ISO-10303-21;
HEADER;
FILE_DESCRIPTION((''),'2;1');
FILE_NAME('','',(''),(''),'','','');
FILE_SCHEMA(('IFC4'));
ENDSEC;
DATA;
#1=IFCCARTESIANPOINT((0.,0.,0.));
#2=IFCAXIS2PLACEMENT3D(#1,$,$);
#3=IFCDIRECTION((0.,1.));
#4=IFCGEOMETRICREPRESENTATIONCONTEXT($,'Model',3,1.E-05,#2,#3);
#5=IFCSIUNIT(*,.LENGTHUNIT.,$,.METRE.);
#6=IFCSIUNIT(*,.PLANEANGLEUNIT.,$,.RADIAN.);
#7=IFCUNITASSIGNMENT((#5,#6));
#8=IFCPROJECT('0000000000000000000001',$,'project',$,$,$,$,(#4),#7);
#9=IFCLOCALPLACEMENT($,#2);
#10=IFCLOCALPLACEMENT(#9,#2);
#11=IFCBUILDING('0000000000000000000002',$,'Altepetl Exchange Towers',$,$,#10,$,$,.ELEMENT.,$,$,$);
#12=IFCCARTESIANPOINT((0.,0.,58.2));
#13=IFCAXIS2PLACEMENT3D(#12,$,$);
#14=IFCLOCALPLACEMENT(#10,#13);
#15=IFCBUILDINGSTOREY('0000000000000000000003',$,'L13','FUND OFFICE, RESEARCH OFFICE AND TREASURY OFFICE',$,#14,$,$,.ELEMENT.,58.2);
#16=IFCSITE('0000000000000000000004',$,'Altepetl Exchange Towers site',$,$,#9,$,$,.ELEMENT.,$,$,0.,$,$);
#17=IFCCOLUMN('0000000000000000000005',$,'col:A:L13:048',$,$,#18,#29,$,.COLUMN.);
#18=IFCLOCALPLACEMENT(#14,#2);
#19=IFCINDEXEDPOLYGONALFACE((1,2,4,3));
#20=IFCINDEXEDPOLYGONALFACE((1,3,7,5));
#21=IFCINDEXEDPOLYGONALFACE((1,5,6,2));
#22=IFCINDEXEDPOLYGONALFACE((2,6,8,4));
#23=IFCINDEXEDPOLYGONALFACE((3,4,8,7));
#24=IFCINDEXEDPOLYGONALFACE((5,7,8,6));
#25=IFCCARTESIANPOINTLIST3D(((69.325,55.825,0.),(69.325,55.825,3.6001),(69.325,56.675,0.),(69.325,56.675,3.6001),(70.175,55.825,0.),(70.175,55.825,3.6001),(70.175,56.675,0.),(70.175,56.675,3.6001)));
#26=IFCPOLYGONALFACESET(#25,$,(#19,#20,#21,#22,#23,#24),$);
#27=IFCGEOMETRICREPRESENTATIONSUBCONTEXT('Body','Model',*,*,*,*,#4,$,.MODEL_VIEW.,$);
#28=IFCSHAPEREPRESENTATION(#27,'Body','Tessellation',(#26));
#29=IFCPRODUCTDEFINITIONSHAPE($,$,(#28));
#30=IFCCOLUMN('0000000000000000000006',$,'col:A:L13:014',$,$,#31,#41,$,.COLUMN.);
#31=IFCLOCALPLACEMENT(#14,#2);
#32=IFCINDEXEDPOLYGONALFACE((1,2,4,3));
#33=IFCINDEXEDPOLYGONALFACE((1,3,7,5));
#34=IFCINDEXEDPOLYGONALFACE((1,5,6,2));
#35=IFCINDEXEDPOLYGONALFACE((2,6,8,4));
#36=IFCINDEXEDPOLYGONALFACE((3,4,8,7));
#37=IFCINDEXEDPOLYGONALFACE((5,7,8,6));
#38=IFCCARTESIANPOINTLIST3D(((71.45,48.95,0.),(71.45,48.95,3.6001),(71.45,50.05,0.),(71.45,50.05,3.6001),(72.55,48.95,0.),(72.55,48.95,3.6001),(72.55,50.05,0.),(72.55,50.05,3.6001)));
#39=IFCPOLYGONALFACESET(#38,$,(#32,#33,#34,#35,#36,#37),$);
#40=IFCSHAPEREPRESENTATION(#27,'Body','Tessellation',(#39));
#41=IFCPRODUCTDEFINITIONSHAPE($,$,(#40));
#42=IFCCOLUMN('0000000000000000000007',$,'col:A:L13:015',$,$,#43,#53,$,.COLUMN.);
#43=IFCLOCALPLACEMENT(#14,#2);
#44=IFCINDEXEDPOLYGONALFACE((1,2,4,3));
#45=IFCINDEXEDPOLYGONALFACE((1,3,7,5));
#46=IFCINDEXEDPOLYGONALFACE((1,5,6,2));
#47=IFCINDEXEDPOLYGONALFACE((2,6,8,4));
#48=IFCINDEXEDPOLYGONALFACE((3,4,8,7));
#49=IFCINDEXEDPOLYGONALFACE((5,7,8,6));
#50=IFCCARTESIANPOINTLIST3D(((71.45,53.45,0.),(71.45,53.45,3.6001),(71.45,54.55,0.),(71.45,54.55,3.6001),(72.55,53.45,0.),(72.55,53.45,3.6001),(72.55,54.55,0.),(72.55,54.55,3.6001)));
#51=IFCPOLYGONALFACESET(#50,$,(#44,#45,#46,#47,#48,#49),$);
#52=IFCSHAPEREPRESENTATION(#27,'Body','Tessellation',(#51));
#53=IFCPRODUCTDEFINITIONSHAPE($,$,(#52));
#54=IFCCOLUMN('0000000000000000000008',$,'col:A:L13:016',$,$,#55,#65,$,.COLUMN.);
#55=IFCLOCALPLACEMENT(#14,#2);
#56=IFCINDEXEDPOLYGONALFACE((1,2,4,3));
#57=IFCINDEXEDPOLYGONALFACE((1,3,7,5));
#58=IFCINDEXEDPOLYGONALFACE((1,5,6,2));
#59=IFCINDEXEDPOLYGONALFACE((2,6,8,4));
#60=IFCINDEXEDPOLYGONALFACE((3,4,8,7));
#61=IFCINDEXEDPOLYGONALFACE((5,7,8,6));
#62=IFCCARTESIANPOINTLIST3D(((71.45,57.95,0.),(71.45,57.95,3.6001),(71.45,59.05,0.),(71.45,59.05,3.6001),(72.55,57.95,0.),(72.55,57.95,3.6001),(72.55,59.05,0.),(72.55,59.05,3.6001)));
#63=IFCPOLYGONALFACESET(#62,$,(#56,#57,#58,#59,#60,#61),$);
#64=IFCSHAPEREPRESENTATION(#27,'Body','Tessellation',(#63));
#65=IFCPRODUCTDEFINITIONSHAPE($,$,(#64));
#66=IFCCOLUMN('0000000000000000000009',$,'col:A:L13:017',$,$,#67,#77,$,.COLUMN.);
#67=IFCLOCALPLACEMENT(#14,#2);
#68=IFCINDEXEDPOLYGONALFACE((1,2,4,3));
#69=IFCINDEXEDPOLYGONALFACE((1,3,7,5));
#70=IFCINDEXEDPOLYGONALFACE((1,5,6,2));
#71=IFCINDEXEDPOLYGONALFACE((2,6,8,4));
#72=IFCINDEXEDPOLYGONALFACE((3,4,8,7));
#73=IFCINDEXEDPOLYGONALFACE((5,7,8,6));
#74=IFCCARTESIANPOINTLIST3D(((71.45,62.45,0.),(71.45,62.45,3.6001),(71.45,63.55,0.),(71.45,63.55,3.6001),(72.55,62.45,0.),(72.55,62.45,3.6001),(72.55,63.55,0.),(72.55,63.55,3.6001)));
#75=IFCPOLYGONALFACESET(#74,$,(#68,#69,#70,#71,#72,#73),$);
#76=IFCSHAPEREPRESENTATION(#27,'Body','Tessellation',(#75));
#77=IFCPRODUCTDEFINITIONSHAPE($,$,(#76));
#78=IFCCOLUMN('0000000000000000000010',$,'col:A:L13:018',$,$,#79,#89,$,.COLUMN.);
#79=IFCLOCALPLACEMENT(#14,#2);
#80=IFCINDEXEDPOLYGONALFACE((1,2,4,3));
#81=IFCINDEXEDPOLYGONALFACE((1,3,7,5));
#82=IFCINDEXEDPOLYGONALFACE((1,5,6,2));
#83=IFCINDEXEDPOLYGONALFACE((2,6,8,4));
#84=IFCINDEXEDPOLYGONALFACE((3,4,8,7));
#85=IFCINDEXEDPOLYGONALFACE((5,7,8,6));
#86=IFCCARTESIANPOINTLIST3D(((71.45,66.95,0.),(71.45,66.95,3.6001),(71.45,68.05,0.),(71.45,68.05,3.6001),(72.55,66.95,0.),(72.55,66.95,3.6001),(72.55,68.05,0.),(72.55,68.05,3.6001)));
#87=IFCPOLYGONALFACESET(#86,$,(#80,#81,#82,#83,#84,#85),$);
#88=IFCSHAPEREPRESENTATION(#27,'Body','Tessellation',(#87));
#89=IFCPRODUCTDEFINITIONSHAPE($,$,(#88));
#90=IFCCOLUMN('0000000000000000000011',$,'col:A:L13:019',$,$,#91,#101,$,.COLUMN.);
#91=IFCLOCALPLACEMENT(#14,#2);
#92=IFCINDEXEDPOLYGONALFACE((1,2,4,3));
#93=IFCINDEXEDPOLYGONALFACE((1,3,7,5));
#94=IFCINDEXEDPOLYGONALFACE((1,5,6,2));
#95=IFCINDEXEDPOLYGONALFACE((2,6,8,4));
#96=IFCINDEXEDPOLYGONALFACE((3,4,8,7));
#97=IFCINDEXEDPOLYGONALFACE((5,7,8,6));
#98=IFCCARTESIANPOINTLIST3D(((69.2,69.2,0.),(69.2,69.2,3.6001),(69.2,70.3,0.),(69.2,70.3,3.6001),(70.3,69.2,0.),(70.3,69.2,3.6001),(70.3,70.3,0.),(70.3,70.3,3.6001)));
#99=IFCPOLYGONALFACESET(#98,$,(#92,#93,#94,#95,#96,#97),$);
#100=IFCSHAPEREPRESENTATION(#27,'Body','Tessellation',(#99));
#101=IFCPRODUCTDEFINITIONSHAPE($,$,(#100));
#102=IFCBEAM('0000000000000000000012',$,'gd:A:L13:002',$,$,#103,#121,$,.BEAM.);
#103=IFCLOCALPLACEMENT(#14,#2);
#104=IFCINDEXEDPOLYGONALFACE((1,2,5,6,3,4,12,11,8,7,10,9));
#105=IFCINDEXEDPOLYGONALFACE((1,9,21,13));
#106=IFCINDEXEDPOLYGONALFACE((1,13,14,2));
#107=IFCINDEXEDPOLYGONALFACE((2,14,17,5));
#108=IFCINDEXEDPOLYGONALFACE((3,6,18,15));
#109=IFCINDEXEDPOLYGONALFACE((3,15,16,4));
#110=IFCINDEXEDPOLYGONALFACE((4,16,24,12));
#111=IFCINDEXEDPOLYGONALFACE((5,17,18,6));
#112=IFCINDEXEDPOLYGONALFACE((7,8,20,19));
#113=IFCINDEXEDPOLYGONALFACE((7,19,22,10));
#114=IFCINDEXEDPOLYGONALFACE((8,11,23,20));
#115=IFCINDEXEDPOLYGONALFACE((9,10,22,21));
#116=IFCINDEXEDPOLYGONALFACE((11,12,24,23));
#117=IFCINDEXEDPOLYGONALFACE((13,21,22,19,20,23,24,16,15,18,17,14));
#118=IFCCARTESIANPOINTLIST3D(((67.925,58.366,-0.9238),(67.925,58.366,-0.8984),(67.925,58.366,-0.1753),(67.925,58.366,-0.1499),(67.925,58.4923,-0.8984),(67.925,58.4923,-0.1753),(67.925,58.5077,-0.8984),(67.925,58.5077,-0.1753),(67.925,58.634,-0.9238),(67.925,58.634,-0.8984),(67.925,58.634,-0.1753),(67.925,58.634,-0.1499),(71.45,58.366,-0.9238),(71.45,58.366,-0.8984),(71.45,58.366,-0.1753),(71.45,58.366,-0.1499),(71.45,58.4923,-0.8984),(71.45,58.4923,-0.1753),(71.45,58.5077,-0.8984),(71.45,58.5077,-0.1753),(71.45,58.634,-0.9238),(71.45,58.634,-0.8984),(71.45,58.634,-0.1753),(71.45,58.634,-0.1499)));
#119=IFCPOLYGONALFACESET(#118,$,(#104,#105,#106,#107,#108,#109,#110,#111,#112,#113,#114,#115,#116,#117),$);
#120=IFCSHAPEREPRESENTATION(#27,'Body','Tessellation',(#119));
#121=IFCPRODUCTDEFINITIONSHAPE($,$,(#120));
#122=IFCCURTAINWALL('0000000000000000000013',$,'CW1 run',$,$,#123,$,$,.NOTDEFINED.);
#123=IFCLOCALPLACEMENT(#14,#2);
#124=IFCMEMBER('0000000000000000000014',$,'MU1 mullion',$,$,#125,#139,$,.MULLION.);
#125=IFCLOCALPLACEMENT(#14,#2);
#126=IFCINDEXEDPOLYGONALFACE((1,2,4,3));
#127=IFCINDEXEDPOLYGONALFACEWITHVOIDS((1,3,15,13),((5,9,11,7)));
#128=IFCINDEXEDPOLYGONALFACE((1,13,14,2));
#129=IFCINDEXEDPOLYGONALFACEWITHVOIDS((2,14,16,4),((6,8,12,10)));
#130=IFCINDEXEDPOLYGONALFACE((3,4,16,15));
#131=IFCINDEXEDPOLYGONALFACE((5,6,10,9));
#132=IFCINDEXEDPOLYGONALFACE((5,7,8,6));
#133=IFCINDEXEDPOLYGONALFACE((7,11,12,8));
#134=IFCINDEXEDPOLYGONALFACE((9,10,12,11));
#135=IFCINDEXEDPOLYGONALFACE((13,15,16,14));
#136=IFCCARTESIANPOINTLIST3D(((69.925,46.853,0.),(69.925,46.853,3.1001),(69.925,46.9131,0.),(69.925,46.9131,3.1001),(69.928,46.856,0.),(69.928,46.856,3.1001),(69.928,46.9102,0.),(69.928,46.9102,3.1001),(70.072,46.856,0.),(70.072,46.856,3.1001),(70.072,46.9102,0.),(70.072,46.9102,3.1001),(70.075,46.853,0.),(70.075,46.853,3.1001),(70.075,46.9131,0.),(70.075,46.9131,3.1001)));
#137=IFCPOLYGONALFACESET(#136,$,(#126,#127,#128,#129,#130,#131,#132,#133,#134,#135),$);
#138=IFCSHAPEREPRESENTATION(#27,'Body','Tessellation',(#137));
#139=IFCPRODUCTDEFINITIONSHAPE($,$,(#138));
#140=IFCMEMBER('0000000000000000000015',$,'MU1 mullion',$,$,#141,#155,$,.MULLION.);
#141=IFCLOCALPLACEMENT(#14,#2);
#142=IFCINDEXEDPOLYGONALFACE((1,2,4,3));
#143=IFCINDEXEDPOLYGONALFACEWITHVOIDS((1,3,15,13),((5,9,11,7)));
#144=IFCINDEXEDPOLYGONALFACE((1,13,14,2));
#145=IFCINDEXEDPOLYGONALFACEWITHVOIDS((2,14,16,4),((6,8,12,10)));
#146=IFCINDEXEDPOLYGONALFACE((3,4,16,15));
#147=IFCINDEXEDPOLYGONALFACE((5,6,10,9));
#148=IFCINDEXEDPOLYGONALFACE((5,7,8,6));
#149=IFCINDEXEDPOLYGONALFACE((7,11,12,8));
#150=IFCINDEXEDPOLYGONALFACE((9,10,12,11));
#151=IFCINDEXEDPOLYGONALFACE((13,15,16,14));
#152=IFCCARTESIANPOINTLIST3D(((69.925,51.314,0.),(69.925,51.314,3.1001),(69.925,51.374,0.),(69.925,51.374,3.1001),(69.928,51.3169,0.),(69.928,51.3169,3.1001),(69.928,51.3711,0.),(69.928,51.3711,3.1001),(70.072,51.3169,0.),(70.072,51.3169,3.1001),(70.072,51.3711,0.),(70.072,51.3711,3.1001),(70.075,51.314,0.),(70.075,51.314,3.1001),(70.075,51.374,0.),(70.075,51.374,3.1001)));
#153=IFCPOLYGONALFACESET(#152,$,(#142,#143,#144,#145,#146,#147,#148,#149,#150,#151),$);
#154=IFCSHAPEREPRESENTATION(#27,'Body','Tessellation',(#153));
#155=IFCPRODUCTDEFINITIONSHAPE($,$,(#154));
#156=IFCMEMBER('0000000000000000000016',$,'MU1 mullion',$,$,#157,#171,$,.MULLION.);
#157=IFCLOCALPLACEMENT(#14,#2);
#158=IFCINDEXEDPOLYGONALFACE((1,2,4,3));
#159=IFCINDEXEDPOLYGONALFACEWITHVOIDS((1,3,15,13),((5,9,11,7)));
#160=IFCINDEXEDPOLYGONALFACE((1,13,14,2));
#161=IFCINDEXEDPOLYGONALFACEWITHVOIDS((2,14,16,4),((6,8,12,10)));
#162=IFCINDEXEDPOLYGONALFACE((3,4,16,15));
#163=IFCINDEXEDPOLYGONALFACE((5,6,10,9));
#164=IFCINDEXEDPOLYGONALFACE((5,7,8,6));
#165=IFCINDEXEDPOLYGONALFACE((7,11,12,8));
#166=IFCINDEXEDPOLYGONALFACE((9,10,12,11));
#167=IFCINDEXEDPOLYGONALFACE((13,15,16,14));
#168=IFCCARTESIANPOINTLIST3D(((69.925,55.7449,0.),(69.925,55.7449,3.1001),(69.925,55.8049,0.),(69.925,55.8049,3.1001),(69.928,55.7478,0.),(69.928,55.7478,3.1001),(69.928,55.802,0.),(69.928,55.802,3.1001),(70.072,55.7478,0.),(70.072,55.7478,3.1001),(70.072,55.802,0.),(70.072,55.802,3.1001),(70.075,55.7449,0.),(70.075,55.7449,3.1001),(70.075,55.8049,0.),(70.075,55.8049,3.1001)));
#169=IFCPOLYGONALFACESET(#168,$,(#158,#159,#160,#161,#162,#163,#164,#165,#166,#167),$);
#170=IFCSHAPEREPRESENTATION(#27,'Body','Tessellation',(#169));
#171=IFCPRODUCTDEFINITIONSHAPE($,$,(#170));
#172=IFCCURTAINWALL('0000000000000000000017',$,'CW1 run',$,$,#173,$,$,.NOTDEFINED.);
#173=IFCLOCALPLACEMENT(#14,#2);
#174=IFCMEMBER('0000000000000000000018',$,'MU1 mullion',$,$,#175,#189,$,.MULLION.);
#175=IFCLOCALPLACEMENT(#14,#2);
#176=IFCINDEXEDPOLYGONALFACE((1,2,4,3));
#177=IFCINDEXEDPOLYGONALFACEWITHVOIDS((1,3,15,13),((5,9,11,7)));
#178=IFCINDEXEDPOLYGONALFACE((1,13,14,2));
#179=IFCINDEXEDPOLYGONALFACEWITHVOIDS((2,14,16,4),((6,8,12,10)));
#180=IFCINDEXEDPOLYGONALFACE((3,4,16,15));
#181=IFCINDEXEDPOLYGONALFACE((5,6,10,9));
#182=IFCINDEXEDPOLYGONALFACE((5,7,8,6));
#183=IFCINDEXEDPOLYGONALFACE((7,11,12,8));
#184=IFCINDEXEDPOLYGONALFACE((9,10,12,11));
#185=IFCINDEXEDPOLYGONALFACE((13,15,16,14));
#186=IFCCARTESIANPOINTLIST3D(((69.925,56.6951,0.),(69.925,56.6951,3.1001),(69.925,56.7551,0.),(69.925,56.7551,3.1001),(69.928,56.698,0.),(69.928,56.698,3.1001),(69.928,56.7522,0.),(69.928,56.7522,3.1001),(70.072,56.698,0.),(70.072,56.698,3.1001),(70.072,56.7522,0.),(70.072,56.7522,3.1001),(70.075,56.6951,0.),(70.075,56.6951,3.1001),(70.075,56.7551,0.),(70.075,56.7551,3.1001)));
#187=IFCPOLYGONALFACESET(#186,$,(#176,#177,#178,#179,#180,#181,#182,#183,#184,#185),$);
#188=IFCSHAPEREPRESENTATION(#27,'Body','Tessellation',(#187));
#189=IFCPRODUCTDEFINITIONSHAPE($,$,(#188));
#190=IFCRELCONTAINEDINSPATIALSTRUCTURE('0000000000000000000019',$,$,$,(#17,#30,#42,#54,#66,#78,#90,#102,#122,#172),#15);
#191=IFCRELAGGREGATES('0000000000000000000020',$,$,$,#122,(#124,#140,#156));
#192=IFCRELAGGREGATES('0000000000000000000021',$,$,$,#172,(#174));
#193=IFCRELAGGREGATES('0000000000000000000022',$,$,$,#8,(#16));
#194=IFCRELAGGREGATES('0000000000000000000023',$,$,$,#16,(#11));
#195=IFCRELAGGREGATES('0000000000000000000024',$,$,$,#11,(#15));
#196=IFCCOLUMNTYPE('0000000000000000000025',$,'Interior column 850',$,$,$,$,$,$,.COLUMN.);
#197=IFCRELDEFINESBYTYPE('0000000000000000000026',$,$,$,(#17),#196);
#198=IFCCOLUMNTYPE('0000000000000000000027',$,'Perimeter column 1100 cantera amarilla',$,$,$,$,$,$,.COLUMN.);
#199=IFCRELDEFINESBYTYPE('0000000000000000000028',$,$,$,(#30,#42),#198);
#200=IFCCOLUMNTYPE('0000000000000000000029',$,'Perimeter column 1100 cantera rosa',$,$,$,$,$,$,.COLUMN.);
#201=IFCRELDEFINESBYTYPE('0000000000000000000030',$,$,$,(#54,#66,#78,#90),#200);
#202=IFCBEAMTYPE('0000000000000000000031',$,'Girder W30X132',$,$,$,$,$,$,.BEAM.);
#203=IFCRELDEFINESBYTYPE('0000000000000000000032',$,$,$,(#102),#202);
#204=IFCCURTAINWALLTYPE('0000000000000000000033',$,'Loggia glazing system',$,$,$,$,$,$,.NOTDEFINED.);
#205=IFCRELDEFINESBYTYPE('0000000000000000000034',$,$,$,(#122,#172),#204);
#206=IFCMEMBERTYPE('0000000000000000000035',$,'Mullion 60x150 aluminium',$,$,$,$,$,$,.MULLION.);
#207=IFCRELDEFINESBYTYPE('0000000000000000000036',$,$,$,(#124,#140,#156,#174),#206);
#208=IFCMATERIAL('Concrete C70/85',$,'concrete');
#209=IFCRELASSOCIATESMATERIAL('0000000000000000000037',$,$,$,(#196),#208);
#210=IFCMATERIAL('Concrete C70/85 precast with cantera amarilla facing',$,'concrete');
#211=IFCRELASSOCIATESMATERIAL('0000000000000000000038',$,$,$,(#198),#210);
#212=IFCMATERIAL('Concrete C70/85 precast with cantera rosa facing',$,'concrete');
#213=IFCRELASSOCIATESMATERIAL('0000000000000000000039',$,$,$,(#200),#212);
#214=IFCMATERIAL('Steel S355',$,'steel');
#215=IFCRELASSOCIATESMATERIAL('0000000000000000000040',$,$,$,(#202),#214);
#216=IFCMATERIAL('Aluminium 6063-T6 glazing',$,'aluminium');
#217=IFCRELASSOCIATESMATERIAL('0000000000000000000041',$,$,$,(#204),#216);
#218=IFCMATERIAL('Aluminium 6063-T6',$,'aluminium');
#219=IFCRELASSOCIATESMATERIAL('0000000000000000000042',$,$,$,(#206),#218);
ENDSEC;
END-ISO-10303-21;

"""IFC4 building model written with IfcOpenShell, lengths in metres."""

from ifc_helpers import new_model, si_unit, direction, frame, origin, origin_2d, place, context, subcontext, project, spatial, rectangle, hollow_rectangle, i_section, extrude, material, material_profile, profile_set, type_object, element, aggregate, save


model = new_model("IFC4")

# Units and contexts
model_context = context("Model", 3, precision=1e-05, world=origin(), true_north=direction((0.0, 1.0)))
body_context = subcontext(model_context, "Body", "Model", "MODEL_VIEW")
ifc_project = project(units=[si_unit("LENGTHUNIT", "METRE"), si_unit("PLANEANGLEUNIT", "RADIAN")], contexts=[model_context])

# Site, building, storey
site_placement = place(None, origin())
site = spatial("IfcSite", under=ifc_project, at=site_placement, Name="Altepetl Exchange Towers site", CompositionType="ELEMENT", RefElevation=0.0)
building_placement = place(site_placement, origin())
building = spatial("IfcBuilding", under=site, at=building_placement, Name="Altepetl Exchange Towers", CompositionType="ELEMENT")
storey_placement = place(building_placement, frame((0.0, 0.0, 58.2)))
storey = spatial("IfcBuildingStorey", under=building, at=storey_placement, Name="L13", Description="FUND OFFICE, RESEARCH OFFICE AND TREASURY OFFICE", CompositionType="ELEMENT", Elevation=58.2)

# Columns
ifc_material_1 = material(Name="Concrete C70/85", Category="concrete")
ifc_material_profile_1 = material_profile(ifc_material_1, rectangle(XDim=0.8501, YDim=0.8501, at=origin_2d()), Name="850 x 850")
ifc_profile_set_1 = profile_set([ifc_material_profile_1], Name="Concrete C70/85")
column_type_1 = type_object("IfcColumnType", Name="Interior column 850", PredefinedType="COLUMN", material=ifc_profile_set_1)
column_placement = place(storey_placement, frame((69.75, 56.25, 0.0)))
element("IfcColumn", 1, at=column_placement, inside=storey, type_object=column_type_1, Name="col:A:L13:048", PredefinedType="COLUMN", context=body_context, shape_type="SweptSolid", body=[
    extrude(rectangle(XDim=0.8501, YDim=0.8501, at=origin_2d()), origin(), (0.0, 0.0, 1.0), 3.6001),
])
ifc_material_2 = material(Name="Concrete C70/85 precast with cantera amarilla facing", Category="concrete")
ifc_material_profile_2 = material_profile(ifc_material_2, rectangle(XDim=1.1001, YDim=1.1001, at=origin_2d()), Name="1100 x 1100")
ifc_profile_set_2 = profile_set([ifc_material_profile_2], Name="Concrete C70/85 precast with cantera amarilla facing")
column_type_2 = type_object("IfcColumnType", Name="Perimeter column 1100 cantera amarilla", PredefinedType="COLUMN", material=ifc_profile_set_2)
for number, where, name in (
    (2, (72.0, 49.5, 0.0), "col:A:L13:014"),
    (3, (72.0, 54.0, 0.0), "col:A:L13:015"),
):
    element("IfcColumn", number, at=place(storey_placement, frame(where)), inside=storey, type_object=column_type_2, Name=name, PredefinedType="COLUMN", context=body_context, shape_type="SweptSolid", body=[
        extrude(rectangle(XDim=1.1001, YDim=1.1001, at=origin_2d()), origin(), (0.0, 0.0, 1.0), 3.6001),
    ])
ifc_material_3 = material(Name="Concrete C70/85 precast with cantera rosa facing", Category="concrete")
ifc_material_profile_3 = material_profile(ifc_material_3, rectangle(XDim=1.1001, YDim=1.1001, at=origin_2d()), Name="1100 x 1100")
ifc_profile_set_3 = profile_set([ifc_material_profile_3], Name="Concrete C70/85 precast with cantera rosa facing")
column_type_3 = type_object("IfcColumnType", Name="Perimeter column 1100 cantera rosa", PredefinedType="COLUMN", material=ifc_profile_set_3)
for number, where, name in (
    (4, (72.0, 58.5, 0.0), "col:A:L13:016"),
    (5, (72.0, 63.0, 0.0), "col:A:L13:017"),
    (6, (72.0, 67.5, 0.0), "col:A:L13:018"),
    (7, (69.75, 69.75, 0.0), "col:A:L13:019"),
):
    element("IfcColumn", number, at=place(storey_placement, frame(where)), inside=storey, type_object=column_type_3, Name=name, PredefinedType="COLUMN", context=body_context, shape_type="SweptSolid", body=[
        extrude(rectangle(XDim=1.1001, YDim=1.1001, at=origin_2d()), origin(), (0.0, 0.0, 1.0), 3.6001),
    ])

# Beam
ifc_material_4 = material(Name="Steel S355", Category="steel")
ifc_material_profile_4 = material_profile(ifc_material_4, i_section(OverallWidth=0.2681, OverallDepth=0.7739, WebThickness=0.0154, FlangeThickness=0.0254, at=origin_2d()), Name="W30X132")
ifc_profile_set_4 = profile_set([ifc_material_profile_4], Name="Steel S355")
beam_type_1 = type_object("IfcBeamType", Name="Girder W30X132", PredefinedType="BEAM", material=ifc_profile_set_4)
beam_1_placement = place(storey_placement, frame((67.925, 58.5, -0.5369), z_axis=(1.0, 0.0, 0.0), x_axis=(0.0, 1.0, 0.0)))
element("IfcBeam", 8, at=beam_1_placement, inside=storey, type_object=beam_type_1, Name="gd:A:L13:002", PredefinedType="BEAM", context=body_context, shape_type="SweptSolid", body=[
    extrude(i_section(OverallWidth=0.2681, OverallDepth=0.7739, WebThickness=0.0154, FlangeThickness=0.0254, at=origin_2d()), origin(), (0.0, 0.0, 1.0), 3.5249),
])

# Curtain walls, members
ifc_material_5 = material(Name="Aluminium 6063-T6 glazing", Category="aluminium")
curtain_wall_type = type_object("IfcCurtainWallType", Name="Loggia glazing system", PredefinedType="NOTDEFINED", material=ifc_material_5)
curtain_wall_1_placement = place(storey_placement, origin())
curtain_wall_1 = element("IfcCurtainWall", 9, at=curtain_wall_1_placement, inside=storey, type_object=curtain_wall_type, Name="CW1 run", PredefinedType="NOTDEFINED")
ifc_material_6 = material(Name="Aluminium 6063-T6", Category="aluminium")
ifc_material_profile_5 = material_profile(ifc_material_6, hollow_rectangle(XDim=0.0601, YDim=0.1499, WallThickness=0.0029, at=origin_2d()), Name="Mullion 60x150 aluminium")
ifc_profile_set_5 = profile_set([ifc_material_profile_5], Name="Aluminium 6063-T6")
member_type = type_object("IfcMemberType", Name="Mullion 60x150 aluminium", PredefinedType="MULLION", material=ifc_profile_set_5)
member_1_placement = place(storey_placement, frame((70.0, 46.8831, 0.0), z_axis=(0.0, 0.0, 1.0), x_axis=(0.0, 1.0, 0.0)))
member_1 = element("IfcMember", 10, at=member_1_placement, type_object=member_type, Name="MU1 mullion", PredefinedType="MULLION", context=body_context, shape_type="SweptSolid", body=[
    extrude(hollow_rectangle(XDim=0.0601, YDim=0.1499, WallThickness=0.0029, at=origin_2d()), origin(), (0.0, 0.0, 1.0), 3.1001),
])
member_2_placement = place(storey_placement, frame((70.0, 51.344, 0.0), z_axis=(0.0, 0.0, 1.0), x_axis=(0.0, 1.0, 0.0)))
member_2 = element("IfcMember", 11, at=member_2_placement, type_object=member_type, Name="MU1 mullion", PredefinedType="MULLION", context=body_context, shape_type="SweptSolid", body=[
    extrude(hollow_rectangle(XDim=0.0601, YDim=0.1499, WallThickness=0.0029, at=origin_2d()), origin(), (0.0, 0.0, 1.0), 3.1001),
])
member_3_placement = place(storey_placement, frame((70.0, 55.7749, 0.0), z_axis=(0.0, 0.0, 1.0), x_axis=(0.0, 1.0, 0.0)))
member_3 = element("IfcMember", 12, at=member_3_placement, type_object=member_type, Name="MU1 mullion", PredefinedType="MULLION", context=body_context, shape_type="SweptSolid", body=[
    extrude(hollow_rectangle(XDim=0.0601, YDim=0.1499, WallThickness=0.0029, at=origin_2d()), origin(), (0.0, 0.0, 1.0), 3.1001),
])
curtain_wall_2_placement = place(storey_placement, origin())
curtain_wall_2 = element("IfcCurtainWall", 13, at=curtain_wall_2_placement, inside=storey, type_object=curtain_wall_type, Name="CW1 run", PredefinedType="NOTDEFINED")
member_4_placement = place(storey_placement, frame((70.0, 56.7251, 0.0), z_axis=(0.0, 0.0, 1.0), x_axis=(0.0, 1.0, 0.0)))
member_4 = element("IfcMember", 14, at=member_4_placement, type_object=member_type, Name="MU1 mullion", PredefinedType="MULLION", context=body_context, shape_type="SweptSolid", body=[
    extrude(hollow_rectangle(XDim=0.0601, YDim=0.1499, WallThickness=0.0029, at=origin_2d()), origin(), (0.0, 0.0, 1.0), 3.1001),
])

aggregate(curtain_wall_1, [member_1, member_2, member_3])
aggregate(curtain_wall_2, [member_4])

save(model, "model.ifc")
